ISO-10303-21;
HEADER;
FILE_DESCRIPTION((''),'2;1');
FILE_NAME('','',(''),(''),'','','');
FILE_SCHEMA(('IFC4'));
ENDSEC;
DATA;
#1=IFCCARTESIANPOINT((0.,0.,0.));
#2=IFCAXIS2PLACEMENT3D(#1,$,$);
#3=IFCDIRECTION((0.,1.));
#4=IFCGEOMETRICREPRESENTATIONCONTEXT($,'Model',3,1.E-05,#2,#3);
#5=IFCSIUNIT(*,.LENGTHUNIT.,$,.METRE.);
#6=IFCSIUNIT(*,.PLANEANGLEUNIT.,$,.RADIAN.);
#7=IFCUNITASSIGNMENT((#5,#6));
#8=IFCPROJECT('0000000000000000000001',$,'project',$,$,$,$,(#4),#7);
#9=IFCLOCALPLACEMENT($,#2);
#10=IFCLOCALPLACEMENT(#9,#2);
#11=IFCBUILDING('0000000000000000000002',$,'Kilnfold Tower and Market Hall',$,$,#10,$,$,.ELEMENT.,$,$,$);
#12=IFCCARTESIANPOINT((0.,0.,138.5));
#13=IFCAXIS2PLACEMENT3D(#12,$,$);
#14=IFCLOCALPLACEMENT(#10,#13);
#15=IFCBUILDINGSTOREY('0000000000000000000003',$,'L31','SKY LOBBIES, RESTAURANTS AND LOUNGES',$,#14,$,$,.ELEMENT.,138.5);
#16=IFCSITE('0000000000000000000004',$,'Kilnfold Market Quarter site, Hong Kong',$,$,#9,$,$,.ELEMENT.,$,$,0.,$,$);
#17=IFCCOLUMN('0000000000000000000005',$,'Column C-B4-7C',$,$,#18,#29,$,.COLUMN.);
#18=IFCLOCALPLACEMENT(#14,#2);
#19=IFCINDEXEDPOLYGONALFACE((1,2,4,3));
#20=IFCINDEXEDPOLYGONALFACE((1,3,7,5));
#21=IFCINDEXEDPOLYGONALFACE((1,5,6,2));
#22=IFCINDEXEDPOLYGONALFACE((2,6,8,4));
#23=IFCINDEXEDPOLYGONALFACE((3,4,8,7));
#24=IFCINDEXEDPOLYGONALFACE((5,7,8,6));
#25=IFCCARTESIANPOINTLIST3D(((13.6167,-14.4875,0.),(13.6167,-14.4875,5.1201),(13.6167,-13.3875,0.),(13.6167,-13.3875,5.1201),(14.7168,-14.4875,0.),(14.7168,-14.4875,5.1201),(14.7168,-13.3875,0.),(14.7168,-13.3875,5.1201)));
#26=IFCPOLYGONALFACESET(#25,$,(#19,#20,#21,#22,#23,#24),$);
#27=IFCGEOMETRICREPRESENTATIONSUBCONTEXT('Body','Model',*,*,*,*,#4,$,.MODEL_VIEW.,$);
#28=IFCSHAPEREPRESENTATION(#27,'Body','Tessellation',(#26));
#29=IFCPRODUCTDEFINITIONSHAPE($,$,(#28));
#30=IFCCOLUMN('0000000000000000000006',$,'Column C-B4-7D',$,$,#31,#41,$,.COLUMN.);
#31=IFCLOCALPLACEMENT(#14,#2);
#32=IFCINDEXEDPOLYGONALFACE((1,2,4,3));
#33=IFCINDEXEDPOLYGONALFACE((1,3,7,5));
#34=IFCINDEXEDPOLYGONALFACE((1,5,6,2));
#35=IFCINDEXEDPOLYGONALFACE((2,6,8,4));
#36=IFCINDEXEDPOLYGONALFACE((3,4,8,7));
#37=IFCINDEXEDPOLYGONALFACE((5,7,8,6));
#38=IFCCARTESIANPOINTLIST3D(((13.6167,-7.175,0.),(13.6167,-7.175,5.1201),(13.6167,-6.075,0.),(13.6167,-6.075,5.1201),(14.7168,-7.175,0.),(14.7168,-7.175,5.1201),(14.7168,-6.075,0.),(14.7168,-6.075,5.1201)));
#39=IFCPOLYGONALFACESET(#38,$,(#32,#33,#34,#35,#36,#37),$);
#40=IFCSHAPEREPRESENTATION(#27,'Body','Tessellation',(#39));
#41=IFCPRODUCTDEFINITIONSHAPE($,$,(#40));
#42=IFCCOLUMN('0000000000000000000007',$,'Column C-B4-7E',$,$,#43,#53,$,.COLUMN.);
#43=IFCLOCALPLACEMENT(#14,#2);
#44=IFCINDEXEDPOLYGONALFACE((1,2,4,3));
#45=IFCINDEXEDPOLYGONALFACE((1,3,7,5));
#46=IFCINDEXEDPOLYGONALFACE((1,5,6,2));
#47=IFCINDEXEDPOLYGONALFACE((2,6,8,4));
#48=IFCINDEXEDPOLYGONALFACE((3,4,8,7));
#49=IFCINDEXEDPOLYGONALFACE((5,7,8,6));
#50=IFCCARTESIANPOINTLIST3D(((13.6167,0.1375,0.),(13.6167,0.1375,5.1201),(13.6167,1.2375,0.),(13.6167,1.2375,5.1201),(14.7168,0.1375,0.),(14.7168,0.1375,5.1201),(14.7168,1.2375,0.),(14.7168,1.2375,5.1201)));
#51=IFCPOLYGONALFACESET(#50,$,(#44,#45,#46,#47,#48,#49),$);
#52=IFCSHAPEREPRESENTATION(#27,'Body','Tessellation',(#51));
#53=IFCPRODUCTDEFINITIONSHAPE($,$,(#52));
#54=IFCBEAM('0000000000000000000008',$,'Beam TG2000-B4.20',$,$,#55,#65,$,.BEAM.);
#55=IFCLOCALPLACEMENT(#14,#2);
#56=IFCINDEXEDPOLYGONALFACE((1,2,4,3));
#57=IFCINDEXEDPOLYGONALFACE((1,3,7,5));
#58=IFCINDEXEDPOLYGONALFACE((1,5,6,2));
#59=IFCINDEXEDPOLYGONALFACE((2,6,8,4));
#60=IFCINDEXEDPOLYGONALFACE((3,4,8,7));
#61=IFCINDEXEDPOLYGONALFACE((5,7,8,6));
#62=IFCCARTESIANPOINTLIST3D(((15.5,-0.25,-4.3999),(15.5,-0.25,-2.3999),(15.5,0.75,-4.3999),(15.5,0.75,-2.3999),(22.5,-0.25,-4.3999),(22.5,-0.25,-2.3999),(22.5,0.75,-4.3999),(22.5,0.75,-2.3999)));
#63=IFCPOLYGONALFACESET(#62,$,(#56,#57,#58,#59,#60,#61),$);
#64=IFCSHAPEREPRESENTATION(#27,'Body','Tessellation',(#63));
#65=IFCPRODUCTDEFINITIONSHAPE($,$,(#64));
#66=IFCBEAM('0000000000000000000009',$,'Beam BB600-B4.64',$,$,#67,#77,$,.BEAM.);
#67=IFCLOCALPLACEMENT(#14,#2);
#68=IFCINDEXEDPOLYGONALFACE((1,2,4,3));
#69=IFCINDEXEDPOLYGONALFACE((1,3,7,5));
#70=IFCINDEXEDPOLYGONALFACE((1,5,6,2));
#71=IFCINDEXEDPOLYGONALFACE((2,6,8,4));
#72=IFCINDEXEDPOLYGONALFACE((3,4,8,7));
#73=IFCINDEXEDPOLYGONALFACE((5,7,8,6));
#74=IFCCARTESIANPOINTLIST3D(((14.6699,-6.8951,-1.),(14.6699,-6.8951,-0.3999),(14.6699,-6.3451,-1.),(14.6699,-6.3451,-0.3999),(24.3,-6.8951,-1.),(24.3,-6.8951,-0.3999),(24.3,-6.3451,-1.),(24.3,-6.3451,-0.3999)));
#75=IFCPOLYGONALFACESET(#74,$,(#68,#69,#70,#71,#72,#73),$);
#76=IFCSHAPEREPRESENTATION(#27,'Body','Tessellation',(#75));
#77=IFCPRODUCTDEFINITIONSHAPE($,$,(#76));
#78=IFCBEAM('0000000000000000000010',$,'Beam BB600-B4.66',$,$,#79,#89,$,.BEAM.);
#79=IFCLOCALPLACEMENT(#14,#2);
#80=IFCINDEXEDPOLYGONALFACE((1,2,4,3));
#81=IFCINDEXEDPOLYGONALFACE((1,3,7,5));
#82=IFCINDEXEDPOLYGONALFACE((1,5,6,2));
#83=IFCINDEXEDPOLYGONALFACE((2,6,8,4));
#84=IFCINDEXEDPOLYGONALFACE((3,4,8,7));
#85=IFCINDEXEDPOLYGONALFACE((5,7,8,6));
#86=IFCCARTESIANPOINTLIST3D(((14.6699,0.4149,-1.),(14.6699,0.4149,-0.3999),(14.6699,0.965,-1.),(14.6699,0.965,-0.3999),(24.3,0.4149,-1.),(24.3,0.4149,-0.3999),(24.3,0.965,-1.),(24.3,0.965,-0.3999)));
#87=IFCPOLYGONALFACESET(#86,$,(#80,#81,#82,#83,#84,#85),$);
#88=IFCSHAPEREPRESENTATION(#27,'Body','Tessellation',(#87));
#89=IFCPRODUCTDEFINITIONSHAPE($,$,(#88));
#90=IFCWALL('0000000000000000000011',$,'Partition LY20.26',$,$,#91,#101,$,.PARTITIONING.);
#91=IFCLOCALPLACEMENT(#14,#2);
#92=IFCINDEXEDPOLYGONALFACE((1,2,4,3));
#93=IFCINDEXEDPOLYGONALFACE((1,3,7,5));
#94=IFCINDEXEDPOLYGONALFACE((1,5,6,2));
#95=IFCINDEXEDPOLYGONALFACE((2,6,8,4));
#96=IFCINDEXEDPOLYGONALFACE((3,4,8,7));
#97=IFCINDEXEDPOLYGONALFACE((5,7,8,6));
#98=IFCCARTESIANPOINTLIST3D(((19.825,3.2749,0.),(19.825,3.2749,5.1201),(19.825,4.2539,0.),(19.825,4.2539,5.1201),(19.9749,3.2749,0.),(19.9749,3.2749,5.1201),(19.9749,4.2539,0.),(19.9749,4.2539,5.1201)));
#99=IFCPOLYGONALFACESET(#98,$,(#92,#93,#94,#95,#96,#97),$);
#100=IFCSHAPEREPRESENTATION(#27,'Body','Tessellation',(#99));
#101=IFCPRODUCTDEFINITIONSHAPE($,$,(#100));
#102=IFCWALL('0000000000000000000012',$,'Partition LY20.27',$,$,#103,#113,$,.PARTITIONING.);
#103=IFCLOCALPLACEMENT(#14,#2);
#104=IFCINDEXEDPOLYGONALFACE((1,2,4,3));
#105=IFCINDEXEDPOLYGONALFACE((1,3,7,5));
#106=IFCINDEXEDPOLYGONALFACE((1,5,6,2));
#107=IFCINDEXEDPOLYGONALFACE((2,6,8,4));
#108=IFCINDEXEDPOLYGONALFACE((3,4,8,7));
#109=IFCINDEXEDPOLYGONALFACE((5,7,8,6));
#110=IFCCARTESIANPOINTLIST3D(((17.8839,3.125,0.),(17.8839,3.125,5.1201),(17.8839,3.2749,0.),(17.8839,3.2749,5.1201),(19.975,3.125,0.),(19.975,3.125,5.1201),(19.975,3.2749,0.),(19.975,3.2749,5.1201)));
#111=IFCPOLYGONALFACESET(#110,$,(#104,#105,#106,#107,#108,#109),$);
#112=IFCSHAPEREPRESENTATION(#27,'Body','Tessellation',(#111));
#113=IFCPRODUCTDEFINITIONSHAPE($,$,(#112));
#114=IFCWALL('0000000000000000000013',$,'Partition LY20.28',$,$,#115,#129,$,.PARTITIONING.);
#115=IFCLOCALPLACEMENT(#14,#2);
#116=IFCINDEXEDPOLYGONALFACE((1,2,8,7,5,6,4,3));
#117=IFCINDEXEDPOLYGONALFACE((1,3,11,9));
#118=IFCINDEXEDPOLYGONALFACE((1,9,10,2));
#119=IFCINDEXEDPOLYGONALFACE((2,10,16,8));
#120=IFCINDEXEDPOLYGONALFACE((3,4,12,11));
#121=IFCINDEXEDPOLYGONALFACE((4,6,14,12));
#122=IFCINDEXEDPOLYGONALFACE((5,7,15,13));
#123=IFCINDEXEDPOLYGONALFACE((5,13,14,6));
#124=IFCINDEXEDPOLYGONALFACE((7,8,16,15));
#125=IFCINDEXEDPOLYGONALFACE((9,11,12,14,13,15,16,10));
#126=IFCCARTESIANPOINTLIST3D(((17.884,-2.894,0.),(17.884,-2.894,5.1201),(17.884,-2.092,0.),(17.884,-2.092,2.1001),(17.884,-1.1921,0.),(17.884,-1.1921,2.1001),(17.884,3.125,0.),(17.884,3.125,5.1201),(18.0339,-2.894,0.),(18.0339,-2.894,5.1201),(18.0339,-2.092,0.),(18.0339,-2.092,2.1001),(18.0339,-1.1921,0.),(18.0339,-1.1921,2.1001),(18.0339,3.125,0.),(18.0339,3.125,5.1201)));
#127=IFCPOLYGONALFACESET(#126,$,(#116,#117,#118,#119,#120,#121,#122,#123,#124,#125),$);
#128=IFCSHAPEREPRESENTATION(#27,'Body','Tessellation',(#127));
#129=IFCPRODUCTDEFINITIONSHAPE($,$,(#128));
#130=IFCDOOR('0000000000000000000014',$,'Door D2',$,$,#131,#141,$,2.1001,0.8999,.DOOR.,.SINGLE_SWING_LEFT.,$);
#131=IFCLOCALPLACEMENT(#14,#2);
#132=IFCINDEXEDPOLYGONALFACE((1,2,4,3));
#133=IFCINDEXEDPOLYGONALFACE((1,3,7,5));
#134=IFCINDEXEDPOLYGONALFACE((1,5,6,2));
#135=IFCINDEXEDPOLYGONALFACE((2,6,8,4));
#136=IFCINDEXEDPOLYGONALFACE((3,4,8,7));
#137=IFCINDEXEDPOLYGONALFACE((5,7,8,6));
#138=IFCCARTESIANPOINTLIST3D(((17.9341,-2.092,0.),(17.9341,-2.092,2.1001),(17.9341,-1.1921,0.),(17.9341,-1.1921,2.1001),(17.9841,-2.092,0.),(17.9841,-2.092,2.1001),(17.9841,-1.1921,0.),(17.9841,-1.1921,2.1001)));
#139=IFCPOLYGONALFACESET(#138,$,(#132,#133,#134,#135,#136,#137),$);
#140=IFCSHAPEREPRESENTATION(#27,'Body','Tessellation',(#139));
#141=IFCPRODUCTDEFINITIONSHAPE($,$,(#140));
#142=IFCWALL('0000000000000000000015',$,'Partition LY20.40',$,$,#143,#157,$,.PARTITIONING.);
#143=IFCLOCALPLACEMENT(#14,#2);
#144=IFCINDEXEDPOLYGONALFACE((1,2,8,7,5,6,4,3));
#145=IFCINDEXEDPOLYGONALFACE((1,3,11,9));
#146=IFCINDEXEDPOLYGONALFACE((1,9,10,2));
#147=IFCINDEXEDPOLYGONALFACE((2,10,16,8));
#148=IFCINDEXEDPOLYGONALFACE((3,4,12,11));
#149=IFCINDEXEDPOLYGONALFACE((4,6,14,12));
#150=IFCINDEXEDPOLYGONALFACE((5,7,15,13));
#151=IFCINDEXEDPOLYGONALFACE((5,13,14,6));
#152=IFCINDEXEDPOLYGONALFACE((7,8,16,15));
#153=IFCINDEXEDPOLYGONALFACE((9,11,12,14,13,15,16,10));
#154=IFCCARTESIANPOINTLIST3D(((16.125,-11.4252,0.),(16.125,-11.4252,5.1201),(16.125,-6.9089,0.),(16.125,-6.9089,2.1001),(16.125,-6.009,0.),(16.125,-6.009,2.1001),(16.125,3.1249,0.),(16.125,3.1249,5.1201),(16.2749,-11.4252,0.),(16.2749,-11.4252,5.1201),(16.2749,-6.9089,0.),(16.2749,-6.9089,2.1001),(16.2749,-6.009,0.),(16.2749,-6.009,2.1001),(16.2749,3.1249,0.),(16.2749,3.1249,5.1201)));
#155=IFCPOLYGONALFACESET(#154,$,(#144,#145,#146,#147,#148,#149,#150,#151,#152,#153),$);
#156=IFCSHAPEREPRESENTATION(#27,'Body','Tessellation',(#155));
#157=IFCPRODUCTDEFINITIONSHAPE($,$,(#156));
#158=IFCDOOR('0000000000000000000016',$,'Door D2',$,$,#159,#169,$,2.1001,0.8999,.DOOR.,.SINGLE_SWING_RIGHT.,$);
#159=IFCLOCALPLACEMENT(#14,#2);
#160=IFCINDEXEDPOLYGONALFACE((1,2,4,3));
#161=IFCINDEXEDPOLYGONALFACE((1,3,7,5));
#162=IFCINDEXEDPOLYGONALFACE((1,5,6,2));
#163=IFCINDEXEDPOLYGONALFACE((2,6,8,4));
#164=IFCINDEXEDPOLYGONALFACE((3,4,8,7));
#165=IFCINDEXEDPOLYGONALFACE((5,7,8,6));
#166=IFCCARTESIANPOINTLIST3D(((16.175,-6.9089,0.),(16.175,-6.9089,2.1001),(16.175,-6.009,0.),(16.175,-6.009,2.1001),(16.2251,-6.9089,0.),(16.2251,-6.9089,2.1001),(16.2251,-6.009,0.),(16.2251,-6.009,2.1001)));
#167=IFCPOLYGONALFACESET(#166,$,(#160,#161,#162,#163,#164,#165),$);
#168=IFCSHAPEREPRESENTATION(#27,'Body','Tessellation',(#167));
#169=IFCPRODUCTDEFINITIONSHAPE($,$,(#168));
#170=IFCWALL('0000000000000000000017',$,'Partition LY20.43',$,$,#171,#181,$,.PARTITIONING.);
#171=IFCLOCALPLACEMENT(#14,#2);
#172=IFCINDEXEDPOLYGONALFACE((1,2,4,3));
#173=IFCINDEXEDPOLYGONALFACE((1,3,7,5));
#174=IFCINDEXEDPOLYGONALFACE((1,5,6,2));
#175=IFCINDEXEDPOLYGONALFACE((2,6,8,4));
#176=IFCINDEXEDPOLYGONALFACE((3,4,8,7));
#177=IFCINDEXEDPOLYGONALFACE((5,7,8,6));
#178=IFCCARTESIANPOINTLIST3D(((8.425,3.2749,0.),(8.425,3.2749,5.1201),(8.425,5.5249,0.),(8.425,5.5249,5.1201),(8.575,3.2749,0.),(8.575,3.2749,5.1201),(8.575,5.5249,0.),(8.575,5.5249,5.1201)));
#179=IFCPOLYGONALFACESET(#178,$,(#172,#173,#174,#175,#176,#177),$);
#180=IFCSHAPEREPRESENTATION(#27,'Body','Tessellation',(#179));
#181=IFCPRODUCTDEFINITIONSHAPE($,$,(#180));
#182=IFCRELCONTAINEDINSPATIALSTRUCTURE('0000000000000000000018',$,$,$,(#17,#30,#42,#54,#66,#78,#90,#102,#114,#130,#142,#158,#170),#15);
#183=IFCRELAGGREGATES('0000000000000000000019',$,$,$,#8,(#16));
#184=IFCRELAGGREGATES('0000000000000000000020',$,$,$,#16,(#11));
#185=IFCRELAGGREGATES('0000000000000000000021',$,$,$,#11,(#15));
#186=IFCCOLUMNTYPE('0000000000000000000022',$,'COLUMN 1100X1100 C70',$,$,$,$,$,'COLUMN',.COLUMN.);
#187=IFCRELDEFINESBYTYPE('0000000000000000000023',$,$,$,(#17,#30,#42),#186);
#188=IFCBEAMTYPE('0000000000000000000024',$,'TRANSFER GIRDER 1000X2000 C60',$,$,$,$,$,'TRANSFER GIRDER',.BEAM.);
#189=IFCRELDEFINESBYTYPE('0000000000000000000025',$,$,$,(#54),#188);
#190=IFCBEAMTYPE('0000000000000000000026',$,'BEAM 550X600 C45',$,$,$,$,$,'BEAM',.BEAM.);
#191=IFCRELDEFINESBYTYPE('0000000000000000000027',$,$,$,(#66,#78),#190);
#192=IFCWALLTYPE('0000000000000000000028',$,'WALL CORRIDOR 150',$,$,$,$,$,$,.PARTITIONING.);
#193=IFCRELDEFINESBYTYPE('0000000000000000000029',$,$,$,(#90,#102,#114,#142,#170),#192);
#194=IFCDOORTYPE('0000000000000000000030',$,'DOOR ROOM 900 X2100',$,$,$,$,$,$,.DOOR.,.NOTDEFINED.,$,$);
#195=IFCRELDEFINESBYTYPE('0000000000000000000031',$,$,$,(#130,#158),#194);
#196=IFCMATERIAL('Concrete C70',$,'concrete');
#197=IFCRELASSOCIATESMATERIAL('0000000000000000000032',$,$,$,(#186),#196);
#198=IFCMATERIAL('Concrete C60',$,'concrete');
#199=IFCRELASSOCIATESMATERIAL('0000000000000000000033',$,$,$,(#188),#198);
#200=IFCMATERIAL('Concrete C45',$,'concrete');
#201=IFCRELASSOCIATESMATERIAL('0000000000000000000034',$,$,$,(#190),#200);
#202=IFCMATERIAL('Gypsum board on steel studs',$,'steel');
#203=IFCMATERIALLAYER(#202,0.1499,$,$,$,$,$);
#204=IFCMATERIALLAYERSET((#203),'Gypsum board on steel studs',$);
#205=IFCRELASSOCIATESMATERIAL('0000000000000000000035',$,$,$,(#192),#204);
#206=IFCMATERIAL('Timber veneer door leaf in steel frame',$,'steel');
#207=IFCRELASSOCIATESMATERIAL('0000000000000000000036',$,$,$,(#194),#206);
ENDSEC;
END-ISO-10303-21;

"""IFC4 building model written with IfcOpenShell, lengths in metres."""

from ifc_helpers import new_model, si_unit, direction, frame, frame_2d, origin, origin_2d, place, context, subcontext, project, spatial, rectangle, extrude, source, transform, mapped, material, layer, layer_set, material_profile, profile_set, type_object, element, fill, save


model = new_model("IFC4")

# Units and contexts
model_context = context("Model", 3, precision=1e-05, world=origin(), true_north=direction((0.0, 1.0)))
body_context = subcontext(model_context, "Body", "Model", "MODEL_VIEW")
ifc_project = project(units=[si_unit("LENGTHUNIT", "METRE"), si_unit("PLANEANGLEUNIT", "RADIAN")], contexts=[model_context])

# Site, building, storey
site_placement = place(None, origin())
site = spatial("IfcSite", under=ifc_project, at=site_placement, Name="Kilnfold Market Quarter site, Hong Kong", CompositionType="ELEMENT", RefElevation=0.0)
building_placement = place(site_placement, origin())
building = spatial("IfcBuilding", under=site, at=building_placement, Name="Kilnfold Tower and Market Hall", CompositionType="ELEMENT")
storey_placement = place(building_placement, frame((0.0, 0.0, 138.5)))
storey = spatial("IfcBuildingStorey", under=building, at=storey_placement, Name="L31", Description="SKY LOBBIES, RESTAURANTS AND LOUNGES", CompositionType="ELEMENT", Elevation=138.5)

# Columns
ifc_material_1 = material(Name="Concrete C70", Category="concrete")
ifc_material_profile_1 = material_profile(ifc_material_1, rectangle(XDim=1.1001, YDim=1.1001, at=origin_2d()), Name="RC 1100x1100")
ifc_profile_set_1 = profile_set([ifc_material_profile_1], Name="Concrete C70")
column_type = type_object("IfcColumnType", Name="COLUMN 1100X1100 C70", ElementType="COLUMN", PredefinedType="COLUMN", material=ifc_profile_set_1)
shared_shape_1 = source(origin(), body_context, "Body", "SweptSolid", [
    extrude(rectangle(XDim=1.1001, YDim=1.1001, at=origin_2d()), origin(), (0.0, 0.0, 1.0), 5.1201),
])
for number, where, z_axis, x_axis, name in (
    (1, (14.1667, -13.9375, 0.0), (0.0, 0.0, 1.0), (1.0, 0.0, 0.0), "Column C-B4-7C"),
    (2, (14.1667, -6.625, 0.0), (0.0, 0.0, 1.0), (1.0, 0.0, 0.0), "Column C-B4-7D"),
    (3, (14.1667, 0.6875, 0.0), (0.0, 0.0, 1.0), (1.0, 0.0, 0.0), "Column C-B4-7E"),
):
    element("IfcColumn", number, at=place(storey_placement, frame(where, z_axis=z_axis, x_axis=x_axis)), inside=storey, type_object=column_type, Name=name, PredefinedType="COLUMN", context=body_context, shape_type="MappedRepresentation", body=[
        mapped(shared_shape_1, transform((0.0, 0.0, 0.0))),
    ])

# Beams
ifc_material_2 = material(Name="Concrete C60", Category="concrete")
ifc_material_profile_2 = material_profile(ifc_material_2, rectangle(XDim=1.0, YDim=2.0, at=origin_2d()), Name="RC 1000x2000")
ifc_profile_set_2 = profile_set([ifc_material_profile_2], Name="Concrete C60")
beam_type_1 = type_object("IfcBeamType", Name="TRANSFER GIRDER 1000X2000 C60", ElementType="TRANSFER GIRDER", PredefinedType="BEAM", material=ifc_profile_set_2)
shared_shape_2 = source(origin(), body_context, "Body", "SweptSolid", [
    extrude(rectangle(XDim=1.0, YDim=2.0, at=origin_2d()), origin(), (0.0, 0.0, 1.0), 7.0),
])
beam_placement = place(storey_placement, frame((15.5, 0.25, -3.3999), z_axis=(1.0, 0.0, 0.0), x_axis=(0.0, 1.0, 0.0)))
element("IfcBeam", 4, at=beam_placement, inside=storey, type_object=beam_type_1, Name="Beam TG2000-B4.20", PredefinedType="BEAM", context=body_context, shape_type="MappedRepresentation", body=[
    mapped(shared_shape_2, transform((0.0, 0.0, 0.0))),
])
ifc_material_3 = material(Name="Concrete C45", Category="concrete")
ifc_material_profile_3 = material_profile(ifc_material_3, rectangle(XDim=0.55, YDim=0.6001, at=origin_2d()), Name="RC 550x600")
ifc_profile_set_3 = profile_set([ifc_material_profile_3], Name="Concrete C45")
beam_type_2 = type_object("IfcBeamType", Name="BEAM 550X600 C45", ElementType="BEAM", PredefinedType="BEAM", material=ifc_profile_set_3)
shared_shape_3 = source(origin(), body_context, "Body", "SweptSolid", [
    extrude(rectangle(XDim=0.55, YDim=0.6001, at=origin_2d()), origin(), (0.0, 0.0, 1.0), 9.6301),
])
for number, where, z_axis, x_axis, name in (
    (5, (14.6699, -6.6201, -0.7), (1.0, 0.0, 0.0), (0.0, 1.0, 0.0), "Beam BB600-B4.64"),
    (6, (14.6699, 0.6899, -0.7), (1.0, 0.0, 0.0), (0.0, 1.0, 0.0), "Beam BB600-B4.66"),
):
    element("IfcBeam", number, at=place(storey_placement, frame(where, z_axis=z_axis, x_axis=x_axis)), inside=storey, type_object=beam_type_2, Name=name, PredefinedType="BEAM", context=body_context, shape_type="MappedRepresentation", body=[
        mapped(shared_shape_3, transform((0.0, 0.0, 0.0))),
    ])

# Walls
ifc_material_4 = material(Name="Gypsum board on steel studs", Category="steel")
ifc_layer_1 = layer(ifc_material_4, 0.1499)
ifc_layer_set_1 = layer_set([ifc_layer_1], Name="Gypsum board on steel studs")
wall_type_1 = type_object("IfcWallType", Name="WALL CORRIDOR 150", PredefinedType="PARTITIONING", material=ifc_layer_set_1)
wall_1_placement = place(storey_placement, frame((19.8999, 3.2749, 0.0), z_axis=(0.0, 0.0, 1.0), x_axis=(0.0, 1.0, 0.0)))
element("IfcWall", 7, at=wall_1_placement, inside=storey, type_object=wall_type_1, Name="Partition LY20.26", PredefinedType="PARTITIONING", context=body_context, shape_type="SweptSolid", body=[
    extrude(rectangle(XDim=0.979, YDim=0.1499, at=frame_2d((0.4895, 0.0))), origin(), (0.0, 0.0, 1.0), 5.1201),
])
wall_2_placement = place(storey_placement, frame((17.884, 3.2, 0.0), z_axis=(0.0, 0.0, 1.0), x_axis=(1.0, 0.0, 0.0)))
element("IfcWall", 8, at=wall_2_placement, inside=storey, type_object=wall_type_1, Name="Partition LY20.27", PredefinedType="PARTITIONING", context=body_context, shape_type="SweptSolid", body=[
    extrude(rectangle(XDim=2.0911, YDim=0.1499, at=frame_2d((1.0454, 0.0))), origin(), (0.0, 0.0, 1.0), 5.1201),
])

# Walls, openings, doors
wall_3_placement = place(storey_placement, frame((17.959, -2.894, 0.0), z_axis=(0.0, 0.0, 1.0), x_axis=(0.0, 1.0, 0.0)))
wall_3 = element("IfcWall", 9, at=wall_3_placement, inside=storey, type_object=wall_type_1, Name="Partition LY20.28", PredefinedType="PARTITIONING", context=body_context, shape_type="SweptSolid", body=[
    extrude(rectangle(XDim=6.019, YDim=0.1499, at=frame_2d((3.0095, 0.0))), origin(), (0.0, 0.0, 1.0), 5.1201),
])
opening_1_placement = place(wall_3_placement, frame((0.802, 0.0, 0.0)))
opening_1 = element("IfcOpeningElement", 10, at=opening_1_placement, cuts=wall_3, PredefinedType="OPENING", context=body_context, shape_type="SweptSolid", body=[
    extrude(rectangle(XDim=0.8999, YDim=2.1001, at=frame_2d((0.45, 1.05))), frame((0.0, 0.085, 0.0), z_axis=(0.0, -1.0, 0.0), x_axis=(1.0, 0.0, 0.0)), (0.0, 0.0, 1.0), 0.1699),
])
ifc_material_5 = material(Name="Timber veneer door leaf in steel frame", Category="steel")
door_type_1 = type_object("IfcDoorType", Name="DOOR ROOM 900 X2100", OperationType="NOTDEFINED", PredefinedType="DOOR", material=ifc_material_5)
door_1_placement = place(opening_1_placement, origin())
door_1 = element("IfcDoor", 11, at=door_1_placement, inside=storey, type_object=door_type_1, Name="Door D2", OperationType="SINGLE_SWING_LEFT", OverallHeight=2.1001, OverallWidth=0.8999, PredefinedType="DOOR", context=body_context, shape_type="SweptSolid", body=[
    extrude(rectangle(XDim=0.8999, YDim=2.1001, at=frame_2d((0.45, 1.05))), frame((0.0, 0.0249, 0.0), z_axis=(0.0, -1.0, 0.0), x_axis=(1.0, 0.0, 0.0)), (0.0, 0.0, 1.0), 0.05),
])
fill(opening_1, door_1)
wall_4_placement = place(storey_placement, frame((16.2, -11.425, 0.0), z_axis=(0.0, 0.0, 1.0), x_axis=(0.0, 1.0, 0.0)))
wall_4 = element("IfcWall", 12, at=wall_4_placement, inside=storey, type_object=wall_type_1, Name="Partition LY20.40", PredefinedType="PARTITIONING", context=body_context, shape_type="SweptSolid", body=[
    extrude(rectangle(XDim=14.55, YDim=0.1499, at=frame_2d((7.2749, 0.0))), origin(), (0.0, 0.0, 1.0), 5.1201),
])
opening_2_placement = place(wall_4_placement, frame((4.5161, 0.0, 0.0)))
opening_2 = element("IfcOpeningElement", 13, at=opening_2_placement, cuts=wall_4, PredefinedType="OPENING", context=body_context, shape_type="SweptSolid", body=[
    extrude(rectangle(XDim=0.8999, YDim=2.1001, at=frame_2d((0.45, 1.05))), frame((0.0, 0.085, 0.0), z_axis=(0.0, -1.0, 0.0), x_axis=(1.0, 0.0, 0.0)), (0.0, 0.0, 1.0), 0.1699),
])
door_2_placement = place(opening_2_placement, origin())
door_2 = element("IfcDoor", 14, at=door_2_placement, inside=storey, type_object=door_type_1, Name="Door D2", OperationType="SINGLE_SWING_RIGHT", OverallHeight=2.1001, OverallWidth=0.8999, PredefinedType="DOOR", context=body_context, shape_type="SweptSolid", body=[
    extrude(rectangle(XDim=0.8999, YDim=2.1001, at=frame_2d((0.45, 1.05))), frame((0.0, 0.0249, 0.0), z_axis=(0.0, -1.0, 0.0), x_axis=(1.0, 0.0, 0.0)), (0.0, 0.0, 1.0), 0.05),
])
fill(opening_2, door_2)

# Wall
wall_5_placement = place(storey_placement, frame((8.5, 5.5249, 0.0), z_axis=(0.0, 0.0, 1.0), x_axis=(0.0, -1.0, 0.0)))
element("IfcWall", 15, at=wall_5_placement, inside=storey, type_object=wall_type_1, Name="Partition LY20.43", PredefinedType="PARTITIONING", context=body_context, shape_type="SweptSolid", body=[
    extrude(rectangle(XDim=2.25, YDim=0.1499, at=frame_2d((1.125, 0.0))), origin(), (0.0, 0.0, 1.0), 5.1201),
])

save(model, "model.ifc")
